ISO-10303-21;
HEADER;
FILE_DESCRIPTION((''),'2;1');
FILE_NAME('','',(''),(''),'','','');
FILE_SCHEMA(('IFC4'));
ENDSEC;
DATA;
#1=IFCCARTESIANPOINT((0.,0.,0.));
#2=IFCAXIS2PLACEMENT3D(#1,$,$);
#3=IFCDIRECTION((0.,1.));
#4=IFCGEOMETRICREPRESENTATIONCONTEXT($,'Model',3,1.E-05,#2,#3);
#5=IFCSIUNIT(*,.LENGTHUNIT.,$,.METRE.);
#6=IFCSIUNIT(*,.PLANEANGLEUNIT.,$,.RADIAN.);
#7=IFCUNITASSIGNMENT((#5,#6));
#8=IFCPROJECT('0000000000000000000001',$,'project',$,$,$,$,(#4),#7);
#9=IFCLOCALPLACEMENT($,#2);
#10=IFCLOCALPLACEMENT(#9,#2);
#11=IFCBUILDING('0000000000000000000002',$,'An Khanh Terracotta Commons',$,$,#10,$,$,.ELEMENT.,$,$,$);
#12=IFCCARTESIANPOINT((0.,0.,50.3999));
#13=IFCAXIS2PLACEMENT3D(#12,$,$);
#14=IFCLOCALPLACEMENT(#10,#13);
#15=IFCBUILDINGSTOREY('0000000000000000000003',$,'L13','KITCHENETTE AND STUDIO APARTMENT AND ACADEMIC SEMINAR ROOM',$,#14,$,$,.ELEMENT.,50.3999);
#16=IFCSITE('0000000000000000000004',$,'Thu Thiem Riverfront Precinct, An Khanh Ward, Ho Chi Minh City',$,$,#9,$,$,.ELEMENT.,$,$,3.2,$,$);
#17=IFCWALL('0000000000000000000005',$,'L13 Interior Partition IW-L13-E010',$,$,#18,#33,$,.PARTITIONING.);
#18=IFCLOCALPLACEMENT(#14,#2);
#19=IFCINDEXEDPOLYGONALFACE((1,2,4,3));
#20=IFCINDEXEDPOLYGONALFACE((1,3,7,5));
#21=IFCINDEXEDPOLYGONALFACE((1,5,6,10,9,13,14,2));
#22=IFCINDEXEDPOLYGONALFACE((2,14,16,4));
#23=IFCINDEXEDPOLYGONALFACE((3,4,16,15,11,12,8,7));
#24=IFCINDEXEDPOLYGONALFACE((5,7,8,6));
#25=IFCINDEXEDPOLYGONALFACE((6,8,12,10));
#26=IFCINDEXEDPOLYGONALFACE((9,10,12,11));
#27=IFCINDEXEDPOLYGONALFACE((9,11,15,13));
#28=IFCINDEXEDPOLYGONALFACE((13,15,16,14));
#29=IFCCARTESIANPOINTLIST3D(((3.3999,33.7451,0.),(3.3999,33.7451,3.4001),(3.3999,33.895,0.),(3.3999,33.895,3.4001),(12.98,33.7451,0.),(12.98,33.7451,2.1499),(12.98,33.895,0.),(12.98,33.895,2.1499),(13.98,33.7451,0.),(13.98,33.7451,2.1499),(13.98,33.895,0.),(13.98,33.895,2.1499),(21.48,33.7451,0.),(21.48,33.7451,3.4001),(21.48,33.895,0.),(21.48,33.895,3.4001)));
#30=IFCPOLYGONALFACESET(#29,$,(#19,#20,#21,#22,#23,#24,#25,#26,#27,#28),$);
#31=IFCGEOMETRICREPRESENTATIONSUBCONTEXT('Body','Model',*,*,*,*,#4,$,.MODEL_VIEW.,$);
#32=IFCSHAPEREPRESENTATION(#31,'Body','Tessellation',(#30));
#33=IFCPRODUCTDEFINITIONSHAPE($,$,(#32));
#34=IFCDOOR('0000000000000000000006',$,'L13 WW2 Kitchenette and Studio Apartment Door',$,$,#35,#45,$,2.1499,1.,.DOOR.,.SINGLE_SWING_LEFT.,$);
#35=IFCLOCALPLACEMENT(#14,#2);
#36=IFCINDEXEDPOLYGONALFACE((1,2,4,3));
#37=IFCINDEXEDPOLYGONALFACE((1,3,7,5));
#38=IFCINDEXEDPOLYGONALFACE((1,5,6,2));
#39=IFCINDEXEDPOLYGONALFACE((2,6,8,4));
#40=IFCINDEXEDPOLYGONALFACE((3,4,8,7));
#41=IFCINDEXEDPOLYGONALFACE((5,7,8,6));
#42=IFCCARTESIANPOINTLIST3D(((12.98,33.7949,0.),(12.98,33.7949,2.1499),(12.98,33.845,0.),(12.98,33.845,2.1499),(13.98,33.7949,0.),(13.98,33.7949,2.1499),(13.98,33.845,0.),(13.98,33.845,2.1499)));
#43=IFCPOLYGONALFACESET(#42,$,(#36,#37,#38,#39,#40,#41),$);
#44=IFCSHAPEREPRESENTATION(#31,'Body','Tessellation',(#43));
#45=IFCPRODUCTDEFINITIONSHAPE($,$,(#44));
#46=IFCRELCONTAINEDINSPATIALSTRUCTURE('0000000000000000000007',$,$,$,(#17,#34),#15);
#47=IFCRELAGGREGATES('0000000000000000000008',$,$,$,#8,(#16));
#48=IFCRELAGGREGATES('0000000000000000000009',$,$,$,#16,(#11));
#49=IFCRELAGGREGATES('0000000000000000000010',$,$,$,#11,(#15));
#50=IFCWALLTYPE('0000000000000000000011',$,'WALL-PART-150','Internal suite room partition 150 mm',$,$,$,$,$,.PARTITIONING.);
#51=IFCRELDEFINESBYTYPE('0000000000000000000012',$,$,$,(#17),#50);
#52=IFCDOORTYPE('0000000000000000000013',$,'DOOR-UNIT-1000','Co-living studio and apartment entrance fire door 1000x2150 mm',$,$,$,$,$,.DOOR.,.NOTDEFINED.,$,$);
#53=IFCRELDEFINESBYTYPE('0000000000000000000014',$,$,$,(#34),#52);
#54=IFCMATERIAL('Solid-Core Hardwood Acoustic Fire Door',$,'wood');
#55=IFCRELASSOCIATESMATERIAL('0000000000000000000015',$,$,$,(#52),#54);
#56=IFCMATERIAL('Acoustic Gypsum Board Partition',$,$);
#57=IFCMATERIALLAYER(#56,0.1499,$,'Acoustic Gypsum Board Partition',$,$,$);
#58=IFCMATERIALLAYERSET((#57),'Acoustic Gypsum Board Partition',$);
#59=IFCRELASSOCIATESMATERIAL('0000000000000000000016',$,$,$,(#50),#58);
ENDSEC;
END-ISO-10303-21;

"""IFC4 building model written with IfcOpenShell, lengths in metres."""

from ifc_helpers import new_model, si_unit, direction, frame, frame_2d, origin, place, context, subcontext, project, spatial, rectangle, extrude, material, layer, layer_set, type_object, element, fill, save


model = new_model("IFC4")

# Units and contexts
model_context = context("Model", 3, precision=1e-05, world=origin(), true_north=direction((0.0, 1.0)))
body_context = subcontext(model_context, "Body", "Model", "MODEL_VIEW")
ifc_project = project(units=[si_unit("LENGTHUNIT", "METRE"), si_unit("PLANEANGLEUNIT", "RADIAN")], contexts=[model_context])

# Site, building, storey
site_placement = place(None, origin())
site = spatial("IfcSite", under=ifc_project, at=site_placement, Name="Thu Thiem Riverfront Precinct, An Khanh Ward, Ho Chi Minh City", CompositionType="ELEMENT", RefElevation=3.2)
building_placement = place(site_placement, origin())
building = spatial("IfcBuilding", under=site, at=building_placement, Name="An Khanh Terracotta Commons", CompositionType="ELEMENT")
storey_placement = place(building_placement, frame((0.0, 0.0, 50.3999)))
storey = spatial("IfcBuildingStorey", under=building, at=storey_placement, Name="L13", Description="KITCHENETTE AND STUDIO APARTMENT AND ACADEMIC SEMINAR ROOM", CompositionType="ELEMENT", Elevation=50.3999)

# Shared definitions
ifc_material_1 = material(Name="Solid-Core Hardwood Acoustic Fire Door", Category="wood")
door_type_1 = type_object("IfcDoorType", Name="DOOR-UNIT-1000", Description="Co-living studio and apartment entrance fire door 1000x2150 mm", OperationType="NOTDEFINED", PredefinedType="DOOR", material=ifc_material_1)

# Wall, opening, door
ifc_material_2 = material(Name="Acoustic Gypsum Board Partition")
ifc_layer_1 = layer(ifc_material_2, 0.1499, Name="Acoustic Gypsum Board Partition")
ifc_layer_set_1 = layer_set([ifc_layer_1], Name="Acoustic Gypsum Board Partition")
wall_type_1 = type_object("IfcWallType", Name="WALL-PART-150", Description="Internal suite room partition 150 mm", PredefinedType="PARTITIONING", material=ifc_layer_set_1)
wall_1_placement = place(storey_placement, frame((3.3999, 33.8201, 0.0), z_axis=(0.0, 0.0, 1.0), x_axis=(1.0, 0.0, 0.0)))
wall_1 = element("IfcWall", 1, at=wall_1_placement, inside=storey, type_object=wall_type_1, Name="L13 Interior Partition IW-L13-E010", PredefinedType="PARTITIONING", context=body_context, shape_type="SweptSolid", body=[
    extrude(rectangle(XDim=18.0801, YDim=0.1499, at=frame_2d((9.04, 0.0))), origin(), (0.0, 0.0, 1.0), 3.4001),
])
opening_1_placement = place(wall_1_placement, frame((9.5801, 0.0, 0.0)))
opening_1 = element("IfcOpeningElement", 2, at=opening_1_placement, cuts=wall_1, PredefinedType="OPENING", context=body_context, shape_type="SweptSolid", body=[
    extrude(rectangle(XDim=1.0, YDim=2.1499, at=frame_2d((0.5, 1.075))), frame((0.0, 0.085, 0.0), z_axis=(0.0, -1.0, 0.0), x_axis=(1.0, 0.0, 0.0)), (0.0, 0.0, 1.0), 0.1699),
])
door_1_placement = place(opening_1_placement, origin())
door_1 = element("IfcDoor", 3, at=door_1_placement, inside=storey, type_object=door_type_1, Name="L13 WW2 Kitchenette and Studio Apartment Door", OperationType="SINGLE_SWING_LEFT", OverallHeight=2.1499, OverallWidth=1.0, PredefinedType="DOOR", context=body_context, shape_type="SweptSolid", body=[
    extrude(rectangle(XDim=1.0, YDim=2.1499, at=frame_2d((0.5, 1.075))), frame((0.0, 0.0249, 0.0), z_axis=(0.0, -1.0, 0.0), x_axis=(1.0, 0.0, 0.0)), (0.0, 0.0, 1.0), 0.05),
])
fill(opening_1, door_1)

save(model, "model.ifc")
